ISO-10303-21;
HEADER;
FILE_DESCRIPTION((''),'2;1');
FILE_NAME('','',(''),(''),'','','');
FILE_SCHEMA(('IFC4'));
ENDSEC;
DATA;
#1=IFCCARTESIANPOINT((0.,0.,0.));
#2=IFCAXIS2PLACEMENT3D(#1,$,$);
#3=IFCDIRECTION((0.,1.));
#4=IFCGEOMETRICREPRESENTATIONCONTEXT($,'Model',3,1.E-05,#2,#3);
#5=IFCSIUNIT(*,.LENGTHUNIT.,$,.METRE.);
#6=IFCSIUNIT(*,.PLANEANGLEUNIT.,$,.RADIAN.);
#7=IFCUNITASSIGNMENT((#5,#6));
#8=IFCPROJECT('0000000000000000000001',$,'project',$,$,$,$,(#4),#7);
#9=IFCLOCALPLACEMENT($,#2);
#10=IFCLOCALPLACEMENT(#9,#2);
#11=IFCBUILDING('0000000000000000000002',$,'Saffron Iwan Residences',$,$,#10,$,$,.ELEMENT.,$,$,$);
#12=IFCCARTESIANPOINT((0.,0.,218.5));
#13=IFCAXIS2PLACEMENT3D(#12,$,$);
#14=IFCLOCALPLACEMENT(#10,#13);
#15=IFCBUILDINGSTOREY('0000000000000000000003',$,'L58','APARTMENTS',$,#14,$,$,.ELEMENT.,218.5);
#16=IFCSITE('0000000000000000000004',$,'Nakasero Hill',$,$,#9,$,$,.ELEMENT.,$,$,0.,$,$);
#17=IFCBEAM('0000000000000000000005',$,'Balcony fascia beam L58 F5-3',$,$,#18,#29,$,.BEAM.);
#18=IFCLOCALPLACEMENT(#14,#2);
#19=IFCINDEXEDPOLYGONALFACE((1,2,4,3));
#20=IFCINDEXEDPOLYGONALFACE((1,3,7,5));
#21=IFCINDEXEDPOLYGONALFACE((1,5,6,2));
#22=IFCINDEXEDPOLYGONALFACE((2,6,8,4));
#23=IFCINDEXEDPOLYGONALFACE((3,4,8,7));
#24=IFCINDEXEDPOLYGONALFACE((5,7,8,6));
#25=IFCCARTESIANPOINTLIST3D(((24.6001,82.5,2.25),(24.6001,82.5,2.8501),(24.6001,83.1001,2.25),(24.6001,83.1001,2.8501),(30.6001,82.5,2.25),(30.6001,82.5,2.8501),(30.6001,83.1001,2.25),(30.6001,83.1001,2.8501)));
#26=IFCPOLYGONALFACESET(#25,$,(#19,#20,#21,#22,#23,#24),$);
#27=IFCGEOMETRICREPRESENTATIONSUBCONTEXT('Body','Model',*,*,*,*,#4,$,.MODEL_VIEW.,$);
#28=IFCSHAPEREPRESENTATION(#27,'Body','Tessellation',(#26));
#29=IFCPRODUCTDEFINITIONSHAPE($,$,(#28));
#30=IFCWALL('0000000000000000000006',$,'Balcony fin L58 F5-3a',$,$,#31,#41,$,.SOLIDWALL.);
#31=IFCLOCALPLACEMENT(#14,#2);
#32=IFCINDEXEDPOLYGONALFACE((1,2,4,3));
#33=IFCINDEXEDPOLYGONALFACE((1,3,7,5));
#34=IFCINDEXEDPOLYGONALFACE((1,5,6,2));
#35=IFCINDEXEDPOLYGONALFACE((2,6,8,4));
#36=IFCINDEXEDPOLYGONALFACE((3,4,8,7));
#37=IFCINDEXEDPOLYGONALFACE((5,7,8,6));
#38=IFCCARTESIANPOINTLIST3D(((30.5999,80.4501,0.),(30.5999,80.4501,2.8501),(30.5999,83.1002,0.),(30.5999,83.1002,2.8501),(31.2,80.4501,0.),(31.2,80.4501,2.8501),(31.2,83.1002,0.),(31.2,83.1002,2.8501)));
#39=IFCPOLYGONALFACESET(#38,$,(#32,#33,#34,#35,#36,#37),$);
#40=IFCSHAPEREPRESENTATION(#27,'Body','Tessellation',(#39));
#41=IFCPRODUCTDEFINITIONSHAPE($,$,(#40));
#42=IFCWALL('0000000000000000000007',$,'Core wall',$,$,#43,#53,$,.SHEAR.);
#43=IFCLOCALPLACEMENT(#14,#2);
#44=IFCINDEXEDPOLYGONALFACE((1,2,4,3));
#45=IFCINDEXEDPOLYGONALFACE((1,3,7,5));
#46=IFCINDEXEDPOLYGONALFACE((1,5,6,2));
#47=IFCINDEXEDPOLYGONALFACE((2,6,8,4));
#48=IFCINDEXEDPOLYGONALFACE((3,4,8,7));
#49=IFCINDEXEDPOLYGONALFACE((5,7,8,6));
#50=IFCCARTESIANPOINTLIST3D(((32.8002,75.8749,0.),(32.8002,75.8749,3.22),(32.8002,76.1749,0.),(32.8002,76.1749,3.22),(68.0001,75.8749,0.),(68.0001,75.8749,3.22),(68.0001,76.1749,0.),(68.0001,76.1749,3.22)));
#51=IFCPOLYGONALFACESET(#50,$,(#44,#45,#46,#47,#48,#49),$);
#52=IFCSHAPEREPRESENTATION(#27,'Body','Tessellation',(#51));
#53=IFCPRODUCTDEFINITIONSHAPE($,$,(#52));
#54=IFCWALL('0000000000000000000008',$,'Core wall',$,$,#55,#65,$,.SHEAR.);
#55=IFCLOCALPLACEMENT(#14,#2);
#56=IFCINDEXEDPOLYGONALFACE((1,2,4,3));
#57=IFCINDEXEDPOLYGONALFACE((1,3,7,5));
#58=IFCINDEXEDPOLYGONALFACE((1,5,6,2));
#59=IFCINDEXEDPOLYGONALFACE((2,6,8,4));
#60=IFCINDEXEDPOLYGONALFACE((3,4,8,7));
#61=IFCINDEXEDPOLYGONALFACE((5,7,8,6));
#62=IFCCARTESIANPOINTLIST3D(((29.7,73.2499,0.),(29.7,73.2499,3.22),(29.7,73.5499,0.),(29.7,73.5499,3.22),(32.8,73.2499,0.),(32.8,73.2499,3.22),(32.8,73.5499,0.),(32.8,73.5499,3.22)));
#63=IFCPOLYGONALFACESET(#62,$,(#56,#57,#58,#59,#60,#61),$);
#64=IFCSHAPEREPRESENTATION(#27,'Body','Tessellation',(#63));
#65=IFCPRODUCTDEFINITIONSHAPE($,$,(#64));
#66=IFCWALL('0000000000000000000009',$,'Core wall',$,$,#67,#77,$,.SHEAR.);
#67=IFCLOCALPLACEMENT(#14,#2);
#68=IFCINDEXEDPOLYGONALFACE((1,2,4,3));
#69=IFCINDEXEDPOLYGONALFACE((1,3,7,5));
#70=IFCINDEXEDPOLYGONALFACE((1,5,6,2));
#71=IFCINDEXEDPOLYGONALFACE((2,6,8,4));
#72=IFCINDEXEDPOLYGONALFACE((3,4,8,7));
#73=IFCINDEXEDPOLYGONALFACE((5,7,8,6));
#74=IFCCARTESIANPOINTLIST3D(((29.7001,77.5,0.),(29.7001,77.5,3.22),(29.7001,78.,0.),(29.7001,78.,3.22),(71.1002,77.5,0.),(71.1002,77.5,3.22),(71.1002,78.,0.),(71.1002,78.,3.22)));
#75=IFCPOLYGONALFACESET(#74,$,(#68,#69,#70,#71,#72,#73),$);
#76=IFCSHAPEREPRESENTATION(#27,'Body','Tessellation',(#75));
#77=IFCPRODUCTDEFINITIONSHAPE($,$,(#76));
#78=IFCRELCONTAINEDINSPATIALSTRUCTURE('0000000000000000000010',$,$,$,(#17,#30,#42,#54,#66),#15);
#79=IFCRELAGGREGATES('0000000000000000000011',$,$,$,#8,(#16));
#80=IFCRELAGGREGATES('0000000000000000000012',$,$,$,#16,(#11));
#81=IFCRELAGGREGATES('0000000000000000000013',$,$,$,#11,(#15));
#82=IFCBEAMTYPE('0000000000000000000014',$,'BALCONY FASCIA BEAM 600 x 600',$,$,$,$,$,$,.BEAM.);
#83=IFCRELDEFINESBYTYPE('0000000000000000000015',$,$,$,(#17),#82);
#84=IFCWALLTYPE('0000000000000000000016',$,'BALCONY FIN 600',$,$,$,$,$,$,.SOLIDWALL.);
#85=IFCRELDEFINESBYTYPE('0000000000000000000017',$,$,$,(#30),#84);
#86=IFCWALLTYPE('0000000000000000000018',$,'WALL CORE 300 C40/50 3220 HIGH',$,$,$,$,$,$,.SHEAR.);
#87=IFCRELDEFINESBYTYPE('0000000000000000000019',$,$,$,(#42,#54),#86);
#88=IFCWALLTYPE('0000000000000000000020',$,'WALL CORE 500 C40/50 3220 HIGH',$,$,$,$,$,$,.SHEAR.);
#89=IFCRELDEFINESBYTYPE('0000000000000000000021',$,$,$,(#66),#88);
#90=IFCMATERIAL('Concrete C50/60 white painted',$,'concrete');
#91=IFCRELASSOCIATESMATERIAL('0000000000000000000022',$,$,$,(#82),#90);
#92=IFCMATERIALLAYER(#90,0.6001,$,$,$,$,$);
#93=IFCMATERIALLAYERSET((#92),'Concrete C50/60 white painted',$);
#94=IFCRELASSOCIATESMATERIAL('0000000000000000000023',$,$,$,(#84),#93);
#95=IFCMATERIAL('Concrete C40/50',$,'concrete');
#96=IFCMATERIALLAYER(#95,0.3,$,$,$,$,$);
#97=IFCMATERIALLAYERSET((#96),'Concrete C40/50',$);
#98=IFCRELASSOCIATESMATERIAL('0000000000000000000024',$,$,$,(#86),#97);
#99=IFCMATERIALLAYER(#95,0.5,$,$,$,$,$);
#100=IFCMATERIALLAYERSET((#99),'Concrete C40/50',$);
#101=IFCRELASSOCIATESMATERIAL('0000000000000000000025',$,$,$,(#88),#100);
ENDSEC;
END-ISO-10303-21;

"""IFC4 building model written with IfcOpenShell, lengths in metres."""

from ifc_helpers import new_model, si_unit, direction, frame, frame_2d, origin, origin_2d, place, context, subcontext, project, spatial, rectangle, extrude, source, transform, mapped, material, layer, layer_set, material_profile, profile_set, type_object, element, save


model = new_model("IFC4")

# Units and contexts
model_context = context("Model", 3, precision=1e-05, world=origin(), true_north=direction((0.0, 1.0)))
body_context = subcontext(model_context, "Body", "Model", "MODEL_VIEW")
ifc_project = project(units=[si_unit("LENGTHUNIT", "METRE"), si_unit("PLANEANGLEUNIT", "RADIAN")], contexts=[model_context])

# Site, building, storey
site_placement = place(None, origin())
site = spatial("IfcSite", under=ifc_project, at=site_placement, Name="Nakasero Hill", CompositionType="ELEMENT", RefElevation=0.0)
building_placement = place(site_placement, origin())
building = spatial("IfcBuilding", under=site, at=building_placement, Name="Saffron Iwan Residences", CompositionType="ELEMENT")
storey_placement = place(building_placement, frame((0.0, 0.0, 218.5)))
storey = spatial("IfcBuildingStorey", under=building, at=storey_placement, Name="L58", Description="APARTMENTS", CompositionType="ELEMENT", Elevation=218.5)

# Beam
ifc_material_1 = material(Name="Concrete C50/60 white painted", Category="concrete")
ifc_material_profile = material_profile(ifc_material_1, rectangle(XDim=0.6001, YDim=0.6001, at=origin_2d()), Name="BALCONY FASCIA BEAM 600 x 600")
ifc_profile_set = profile_set([ifc_material_profile], Name="Concrete C50/60 white painted")
beam_type = type_object("IfcBeamType", Name="BALCONY FASCIA BEAM 600 x 600", PredefinedType="BEAM", material=ifc_profile_set)
shared_shape = source(origin(), body_context, "Body", "SweptSolid", [
    extrude(rectangle(XDim=0.6001, YDim=0.6001, at=origin_2d()), origin(), (0.0, 0.0, 1.0), 6.0),
])
beam_placement = place(storey_placement, frame((30.6001, 82.8, 2.55), z_axis=(-1.0, 0.0, 0.0), x_axis=(0.0, -1.0, 0.0)))
element("IfcBeam", 1, at=beam_placement, inside=storey, type_object=beam_type, Name="Balcony fascia beam L58 F5-3", PredefinedType="BEAM", context=body_context, shape_type="MappedRepresentation", body=[
    mapped(shared_shape, transform((0.0, 0.0, 0.0))),
])

# Walls
ifc_layer_1 = layer(ifc_material_1, 0.6001)
ifc_layer_set_1 = layer_set([ifc_layer_1], Name="Concrete C50/60 white painted")
wall_type_1 = type_object("IfcWallType", Name="BALCONY FIN 600", PredefinedType="SOLIDWALL", material=ifc_layer_set_1)
wall_1_placement = place(storey_placement, frame((30.8999, 80.45, 0.0), z_axis=(0.0, 0.0, 1.0), x_axis=(0.0, 1.0, 0.0)))
element("IfcWall", 2, at=wall_1_placement, inside=storey, type_object=wall_type_1, Name="Balcony fin L58 F5-3a", PredefinedType="SOLIDWALL", context=body_context, shape_type="SweptSolid", body=[
    extrude(rectangle(XDim=2.6501, YDim=0.6001, at=frame_2d((1.3252, 0.0))), origin(), (0.0, 0.0, 1.0), 2.8501),
])
ifc_material_2 = material(Name="Concrete C40/50", Category="concrete")
ifc_layer_2 = layer(ifc_material_2, 0.3)
ifc_layer_set_2 = layer_set([ifc_layer_2], Name="Concrete C40/50")
wall_type_2 = type_object("IfcWallType", Name="WALL CORE 300 C40/50 3220 HIGH", PredefinedType="SHEAR", material=ifc_layer_set_2)
wall_2_placement = place(storey_placement, frame((32.8, 76.0249, 0.0), z_axis=(0.0, 0.0, 1.0), x_axis=(1.0, 0.0, 0.0)))
element("IfcWall", 3, at=wall_2_placement, inside=storey, type_object=wall_type_2, Name="Core wall", PredefinedType="SHEAR", context=body_context, shape_type="SweptSolid", body=[
    extrude(rectangle(XDim=35.2, YDim=0.3, at=frame_2d((17.6001, 0.0))), origin(), (0.0, 0.0, 1.0), 3.22),
])
wall_3_placement = place(storey_placement, frame((29.7, 73.3999, 0.0), z_axis=(0.0, 0.0, 1.0), x_axis=(1.0, 0.0, 0.0)))
element("IfcWall", 4, at=wall_3_placement, inside=storey, type_object=wall_type_2, Name="Core wall", PredefinedType="SHEAR", context=body_context, shape_type="SweptSolid", body=[
    extrude(rectangle(XDim=3.1001, YDim=0.3, at=frame_2d((1.55, 0.0))), origin(), (0.0, 0.0, 1.0), 3.22),
])
ifc_layer_3 = layer(ifc_material_2, 0.5)
ifc_layer_set_3 = layer_set([ifc_layer_3], Name="Concrete C40/50")
wall_type_3 = type_object("IfcWallType", Name="WALL CORE 500 C40/50 3220 HIGH", PredefinedType="SHEAR", material=ifc_layer_set_3)
wall_4_placement = place(storey_placement, frame((29.7, 77.75, 0.0), z_axis=(0.0, 0.0, 1.0), x_axis=(1.0, 0.0, 0.0)))
element("IfcWall", 5, at=wall_4_placement, inside=storey, type_object=wall_type_3, Name="Core wall", PredefinedType="SHEAR", context=body_context, shape_type="SweptSolid", body=[
    extrude(rectangle(XDim=41.4001, YDim=0.5, at=frame_2d((20.7002, 0.0))), origin(), (0.0, 0.0, 1.0), 3.22),
])

save(model, "model.ifc")
